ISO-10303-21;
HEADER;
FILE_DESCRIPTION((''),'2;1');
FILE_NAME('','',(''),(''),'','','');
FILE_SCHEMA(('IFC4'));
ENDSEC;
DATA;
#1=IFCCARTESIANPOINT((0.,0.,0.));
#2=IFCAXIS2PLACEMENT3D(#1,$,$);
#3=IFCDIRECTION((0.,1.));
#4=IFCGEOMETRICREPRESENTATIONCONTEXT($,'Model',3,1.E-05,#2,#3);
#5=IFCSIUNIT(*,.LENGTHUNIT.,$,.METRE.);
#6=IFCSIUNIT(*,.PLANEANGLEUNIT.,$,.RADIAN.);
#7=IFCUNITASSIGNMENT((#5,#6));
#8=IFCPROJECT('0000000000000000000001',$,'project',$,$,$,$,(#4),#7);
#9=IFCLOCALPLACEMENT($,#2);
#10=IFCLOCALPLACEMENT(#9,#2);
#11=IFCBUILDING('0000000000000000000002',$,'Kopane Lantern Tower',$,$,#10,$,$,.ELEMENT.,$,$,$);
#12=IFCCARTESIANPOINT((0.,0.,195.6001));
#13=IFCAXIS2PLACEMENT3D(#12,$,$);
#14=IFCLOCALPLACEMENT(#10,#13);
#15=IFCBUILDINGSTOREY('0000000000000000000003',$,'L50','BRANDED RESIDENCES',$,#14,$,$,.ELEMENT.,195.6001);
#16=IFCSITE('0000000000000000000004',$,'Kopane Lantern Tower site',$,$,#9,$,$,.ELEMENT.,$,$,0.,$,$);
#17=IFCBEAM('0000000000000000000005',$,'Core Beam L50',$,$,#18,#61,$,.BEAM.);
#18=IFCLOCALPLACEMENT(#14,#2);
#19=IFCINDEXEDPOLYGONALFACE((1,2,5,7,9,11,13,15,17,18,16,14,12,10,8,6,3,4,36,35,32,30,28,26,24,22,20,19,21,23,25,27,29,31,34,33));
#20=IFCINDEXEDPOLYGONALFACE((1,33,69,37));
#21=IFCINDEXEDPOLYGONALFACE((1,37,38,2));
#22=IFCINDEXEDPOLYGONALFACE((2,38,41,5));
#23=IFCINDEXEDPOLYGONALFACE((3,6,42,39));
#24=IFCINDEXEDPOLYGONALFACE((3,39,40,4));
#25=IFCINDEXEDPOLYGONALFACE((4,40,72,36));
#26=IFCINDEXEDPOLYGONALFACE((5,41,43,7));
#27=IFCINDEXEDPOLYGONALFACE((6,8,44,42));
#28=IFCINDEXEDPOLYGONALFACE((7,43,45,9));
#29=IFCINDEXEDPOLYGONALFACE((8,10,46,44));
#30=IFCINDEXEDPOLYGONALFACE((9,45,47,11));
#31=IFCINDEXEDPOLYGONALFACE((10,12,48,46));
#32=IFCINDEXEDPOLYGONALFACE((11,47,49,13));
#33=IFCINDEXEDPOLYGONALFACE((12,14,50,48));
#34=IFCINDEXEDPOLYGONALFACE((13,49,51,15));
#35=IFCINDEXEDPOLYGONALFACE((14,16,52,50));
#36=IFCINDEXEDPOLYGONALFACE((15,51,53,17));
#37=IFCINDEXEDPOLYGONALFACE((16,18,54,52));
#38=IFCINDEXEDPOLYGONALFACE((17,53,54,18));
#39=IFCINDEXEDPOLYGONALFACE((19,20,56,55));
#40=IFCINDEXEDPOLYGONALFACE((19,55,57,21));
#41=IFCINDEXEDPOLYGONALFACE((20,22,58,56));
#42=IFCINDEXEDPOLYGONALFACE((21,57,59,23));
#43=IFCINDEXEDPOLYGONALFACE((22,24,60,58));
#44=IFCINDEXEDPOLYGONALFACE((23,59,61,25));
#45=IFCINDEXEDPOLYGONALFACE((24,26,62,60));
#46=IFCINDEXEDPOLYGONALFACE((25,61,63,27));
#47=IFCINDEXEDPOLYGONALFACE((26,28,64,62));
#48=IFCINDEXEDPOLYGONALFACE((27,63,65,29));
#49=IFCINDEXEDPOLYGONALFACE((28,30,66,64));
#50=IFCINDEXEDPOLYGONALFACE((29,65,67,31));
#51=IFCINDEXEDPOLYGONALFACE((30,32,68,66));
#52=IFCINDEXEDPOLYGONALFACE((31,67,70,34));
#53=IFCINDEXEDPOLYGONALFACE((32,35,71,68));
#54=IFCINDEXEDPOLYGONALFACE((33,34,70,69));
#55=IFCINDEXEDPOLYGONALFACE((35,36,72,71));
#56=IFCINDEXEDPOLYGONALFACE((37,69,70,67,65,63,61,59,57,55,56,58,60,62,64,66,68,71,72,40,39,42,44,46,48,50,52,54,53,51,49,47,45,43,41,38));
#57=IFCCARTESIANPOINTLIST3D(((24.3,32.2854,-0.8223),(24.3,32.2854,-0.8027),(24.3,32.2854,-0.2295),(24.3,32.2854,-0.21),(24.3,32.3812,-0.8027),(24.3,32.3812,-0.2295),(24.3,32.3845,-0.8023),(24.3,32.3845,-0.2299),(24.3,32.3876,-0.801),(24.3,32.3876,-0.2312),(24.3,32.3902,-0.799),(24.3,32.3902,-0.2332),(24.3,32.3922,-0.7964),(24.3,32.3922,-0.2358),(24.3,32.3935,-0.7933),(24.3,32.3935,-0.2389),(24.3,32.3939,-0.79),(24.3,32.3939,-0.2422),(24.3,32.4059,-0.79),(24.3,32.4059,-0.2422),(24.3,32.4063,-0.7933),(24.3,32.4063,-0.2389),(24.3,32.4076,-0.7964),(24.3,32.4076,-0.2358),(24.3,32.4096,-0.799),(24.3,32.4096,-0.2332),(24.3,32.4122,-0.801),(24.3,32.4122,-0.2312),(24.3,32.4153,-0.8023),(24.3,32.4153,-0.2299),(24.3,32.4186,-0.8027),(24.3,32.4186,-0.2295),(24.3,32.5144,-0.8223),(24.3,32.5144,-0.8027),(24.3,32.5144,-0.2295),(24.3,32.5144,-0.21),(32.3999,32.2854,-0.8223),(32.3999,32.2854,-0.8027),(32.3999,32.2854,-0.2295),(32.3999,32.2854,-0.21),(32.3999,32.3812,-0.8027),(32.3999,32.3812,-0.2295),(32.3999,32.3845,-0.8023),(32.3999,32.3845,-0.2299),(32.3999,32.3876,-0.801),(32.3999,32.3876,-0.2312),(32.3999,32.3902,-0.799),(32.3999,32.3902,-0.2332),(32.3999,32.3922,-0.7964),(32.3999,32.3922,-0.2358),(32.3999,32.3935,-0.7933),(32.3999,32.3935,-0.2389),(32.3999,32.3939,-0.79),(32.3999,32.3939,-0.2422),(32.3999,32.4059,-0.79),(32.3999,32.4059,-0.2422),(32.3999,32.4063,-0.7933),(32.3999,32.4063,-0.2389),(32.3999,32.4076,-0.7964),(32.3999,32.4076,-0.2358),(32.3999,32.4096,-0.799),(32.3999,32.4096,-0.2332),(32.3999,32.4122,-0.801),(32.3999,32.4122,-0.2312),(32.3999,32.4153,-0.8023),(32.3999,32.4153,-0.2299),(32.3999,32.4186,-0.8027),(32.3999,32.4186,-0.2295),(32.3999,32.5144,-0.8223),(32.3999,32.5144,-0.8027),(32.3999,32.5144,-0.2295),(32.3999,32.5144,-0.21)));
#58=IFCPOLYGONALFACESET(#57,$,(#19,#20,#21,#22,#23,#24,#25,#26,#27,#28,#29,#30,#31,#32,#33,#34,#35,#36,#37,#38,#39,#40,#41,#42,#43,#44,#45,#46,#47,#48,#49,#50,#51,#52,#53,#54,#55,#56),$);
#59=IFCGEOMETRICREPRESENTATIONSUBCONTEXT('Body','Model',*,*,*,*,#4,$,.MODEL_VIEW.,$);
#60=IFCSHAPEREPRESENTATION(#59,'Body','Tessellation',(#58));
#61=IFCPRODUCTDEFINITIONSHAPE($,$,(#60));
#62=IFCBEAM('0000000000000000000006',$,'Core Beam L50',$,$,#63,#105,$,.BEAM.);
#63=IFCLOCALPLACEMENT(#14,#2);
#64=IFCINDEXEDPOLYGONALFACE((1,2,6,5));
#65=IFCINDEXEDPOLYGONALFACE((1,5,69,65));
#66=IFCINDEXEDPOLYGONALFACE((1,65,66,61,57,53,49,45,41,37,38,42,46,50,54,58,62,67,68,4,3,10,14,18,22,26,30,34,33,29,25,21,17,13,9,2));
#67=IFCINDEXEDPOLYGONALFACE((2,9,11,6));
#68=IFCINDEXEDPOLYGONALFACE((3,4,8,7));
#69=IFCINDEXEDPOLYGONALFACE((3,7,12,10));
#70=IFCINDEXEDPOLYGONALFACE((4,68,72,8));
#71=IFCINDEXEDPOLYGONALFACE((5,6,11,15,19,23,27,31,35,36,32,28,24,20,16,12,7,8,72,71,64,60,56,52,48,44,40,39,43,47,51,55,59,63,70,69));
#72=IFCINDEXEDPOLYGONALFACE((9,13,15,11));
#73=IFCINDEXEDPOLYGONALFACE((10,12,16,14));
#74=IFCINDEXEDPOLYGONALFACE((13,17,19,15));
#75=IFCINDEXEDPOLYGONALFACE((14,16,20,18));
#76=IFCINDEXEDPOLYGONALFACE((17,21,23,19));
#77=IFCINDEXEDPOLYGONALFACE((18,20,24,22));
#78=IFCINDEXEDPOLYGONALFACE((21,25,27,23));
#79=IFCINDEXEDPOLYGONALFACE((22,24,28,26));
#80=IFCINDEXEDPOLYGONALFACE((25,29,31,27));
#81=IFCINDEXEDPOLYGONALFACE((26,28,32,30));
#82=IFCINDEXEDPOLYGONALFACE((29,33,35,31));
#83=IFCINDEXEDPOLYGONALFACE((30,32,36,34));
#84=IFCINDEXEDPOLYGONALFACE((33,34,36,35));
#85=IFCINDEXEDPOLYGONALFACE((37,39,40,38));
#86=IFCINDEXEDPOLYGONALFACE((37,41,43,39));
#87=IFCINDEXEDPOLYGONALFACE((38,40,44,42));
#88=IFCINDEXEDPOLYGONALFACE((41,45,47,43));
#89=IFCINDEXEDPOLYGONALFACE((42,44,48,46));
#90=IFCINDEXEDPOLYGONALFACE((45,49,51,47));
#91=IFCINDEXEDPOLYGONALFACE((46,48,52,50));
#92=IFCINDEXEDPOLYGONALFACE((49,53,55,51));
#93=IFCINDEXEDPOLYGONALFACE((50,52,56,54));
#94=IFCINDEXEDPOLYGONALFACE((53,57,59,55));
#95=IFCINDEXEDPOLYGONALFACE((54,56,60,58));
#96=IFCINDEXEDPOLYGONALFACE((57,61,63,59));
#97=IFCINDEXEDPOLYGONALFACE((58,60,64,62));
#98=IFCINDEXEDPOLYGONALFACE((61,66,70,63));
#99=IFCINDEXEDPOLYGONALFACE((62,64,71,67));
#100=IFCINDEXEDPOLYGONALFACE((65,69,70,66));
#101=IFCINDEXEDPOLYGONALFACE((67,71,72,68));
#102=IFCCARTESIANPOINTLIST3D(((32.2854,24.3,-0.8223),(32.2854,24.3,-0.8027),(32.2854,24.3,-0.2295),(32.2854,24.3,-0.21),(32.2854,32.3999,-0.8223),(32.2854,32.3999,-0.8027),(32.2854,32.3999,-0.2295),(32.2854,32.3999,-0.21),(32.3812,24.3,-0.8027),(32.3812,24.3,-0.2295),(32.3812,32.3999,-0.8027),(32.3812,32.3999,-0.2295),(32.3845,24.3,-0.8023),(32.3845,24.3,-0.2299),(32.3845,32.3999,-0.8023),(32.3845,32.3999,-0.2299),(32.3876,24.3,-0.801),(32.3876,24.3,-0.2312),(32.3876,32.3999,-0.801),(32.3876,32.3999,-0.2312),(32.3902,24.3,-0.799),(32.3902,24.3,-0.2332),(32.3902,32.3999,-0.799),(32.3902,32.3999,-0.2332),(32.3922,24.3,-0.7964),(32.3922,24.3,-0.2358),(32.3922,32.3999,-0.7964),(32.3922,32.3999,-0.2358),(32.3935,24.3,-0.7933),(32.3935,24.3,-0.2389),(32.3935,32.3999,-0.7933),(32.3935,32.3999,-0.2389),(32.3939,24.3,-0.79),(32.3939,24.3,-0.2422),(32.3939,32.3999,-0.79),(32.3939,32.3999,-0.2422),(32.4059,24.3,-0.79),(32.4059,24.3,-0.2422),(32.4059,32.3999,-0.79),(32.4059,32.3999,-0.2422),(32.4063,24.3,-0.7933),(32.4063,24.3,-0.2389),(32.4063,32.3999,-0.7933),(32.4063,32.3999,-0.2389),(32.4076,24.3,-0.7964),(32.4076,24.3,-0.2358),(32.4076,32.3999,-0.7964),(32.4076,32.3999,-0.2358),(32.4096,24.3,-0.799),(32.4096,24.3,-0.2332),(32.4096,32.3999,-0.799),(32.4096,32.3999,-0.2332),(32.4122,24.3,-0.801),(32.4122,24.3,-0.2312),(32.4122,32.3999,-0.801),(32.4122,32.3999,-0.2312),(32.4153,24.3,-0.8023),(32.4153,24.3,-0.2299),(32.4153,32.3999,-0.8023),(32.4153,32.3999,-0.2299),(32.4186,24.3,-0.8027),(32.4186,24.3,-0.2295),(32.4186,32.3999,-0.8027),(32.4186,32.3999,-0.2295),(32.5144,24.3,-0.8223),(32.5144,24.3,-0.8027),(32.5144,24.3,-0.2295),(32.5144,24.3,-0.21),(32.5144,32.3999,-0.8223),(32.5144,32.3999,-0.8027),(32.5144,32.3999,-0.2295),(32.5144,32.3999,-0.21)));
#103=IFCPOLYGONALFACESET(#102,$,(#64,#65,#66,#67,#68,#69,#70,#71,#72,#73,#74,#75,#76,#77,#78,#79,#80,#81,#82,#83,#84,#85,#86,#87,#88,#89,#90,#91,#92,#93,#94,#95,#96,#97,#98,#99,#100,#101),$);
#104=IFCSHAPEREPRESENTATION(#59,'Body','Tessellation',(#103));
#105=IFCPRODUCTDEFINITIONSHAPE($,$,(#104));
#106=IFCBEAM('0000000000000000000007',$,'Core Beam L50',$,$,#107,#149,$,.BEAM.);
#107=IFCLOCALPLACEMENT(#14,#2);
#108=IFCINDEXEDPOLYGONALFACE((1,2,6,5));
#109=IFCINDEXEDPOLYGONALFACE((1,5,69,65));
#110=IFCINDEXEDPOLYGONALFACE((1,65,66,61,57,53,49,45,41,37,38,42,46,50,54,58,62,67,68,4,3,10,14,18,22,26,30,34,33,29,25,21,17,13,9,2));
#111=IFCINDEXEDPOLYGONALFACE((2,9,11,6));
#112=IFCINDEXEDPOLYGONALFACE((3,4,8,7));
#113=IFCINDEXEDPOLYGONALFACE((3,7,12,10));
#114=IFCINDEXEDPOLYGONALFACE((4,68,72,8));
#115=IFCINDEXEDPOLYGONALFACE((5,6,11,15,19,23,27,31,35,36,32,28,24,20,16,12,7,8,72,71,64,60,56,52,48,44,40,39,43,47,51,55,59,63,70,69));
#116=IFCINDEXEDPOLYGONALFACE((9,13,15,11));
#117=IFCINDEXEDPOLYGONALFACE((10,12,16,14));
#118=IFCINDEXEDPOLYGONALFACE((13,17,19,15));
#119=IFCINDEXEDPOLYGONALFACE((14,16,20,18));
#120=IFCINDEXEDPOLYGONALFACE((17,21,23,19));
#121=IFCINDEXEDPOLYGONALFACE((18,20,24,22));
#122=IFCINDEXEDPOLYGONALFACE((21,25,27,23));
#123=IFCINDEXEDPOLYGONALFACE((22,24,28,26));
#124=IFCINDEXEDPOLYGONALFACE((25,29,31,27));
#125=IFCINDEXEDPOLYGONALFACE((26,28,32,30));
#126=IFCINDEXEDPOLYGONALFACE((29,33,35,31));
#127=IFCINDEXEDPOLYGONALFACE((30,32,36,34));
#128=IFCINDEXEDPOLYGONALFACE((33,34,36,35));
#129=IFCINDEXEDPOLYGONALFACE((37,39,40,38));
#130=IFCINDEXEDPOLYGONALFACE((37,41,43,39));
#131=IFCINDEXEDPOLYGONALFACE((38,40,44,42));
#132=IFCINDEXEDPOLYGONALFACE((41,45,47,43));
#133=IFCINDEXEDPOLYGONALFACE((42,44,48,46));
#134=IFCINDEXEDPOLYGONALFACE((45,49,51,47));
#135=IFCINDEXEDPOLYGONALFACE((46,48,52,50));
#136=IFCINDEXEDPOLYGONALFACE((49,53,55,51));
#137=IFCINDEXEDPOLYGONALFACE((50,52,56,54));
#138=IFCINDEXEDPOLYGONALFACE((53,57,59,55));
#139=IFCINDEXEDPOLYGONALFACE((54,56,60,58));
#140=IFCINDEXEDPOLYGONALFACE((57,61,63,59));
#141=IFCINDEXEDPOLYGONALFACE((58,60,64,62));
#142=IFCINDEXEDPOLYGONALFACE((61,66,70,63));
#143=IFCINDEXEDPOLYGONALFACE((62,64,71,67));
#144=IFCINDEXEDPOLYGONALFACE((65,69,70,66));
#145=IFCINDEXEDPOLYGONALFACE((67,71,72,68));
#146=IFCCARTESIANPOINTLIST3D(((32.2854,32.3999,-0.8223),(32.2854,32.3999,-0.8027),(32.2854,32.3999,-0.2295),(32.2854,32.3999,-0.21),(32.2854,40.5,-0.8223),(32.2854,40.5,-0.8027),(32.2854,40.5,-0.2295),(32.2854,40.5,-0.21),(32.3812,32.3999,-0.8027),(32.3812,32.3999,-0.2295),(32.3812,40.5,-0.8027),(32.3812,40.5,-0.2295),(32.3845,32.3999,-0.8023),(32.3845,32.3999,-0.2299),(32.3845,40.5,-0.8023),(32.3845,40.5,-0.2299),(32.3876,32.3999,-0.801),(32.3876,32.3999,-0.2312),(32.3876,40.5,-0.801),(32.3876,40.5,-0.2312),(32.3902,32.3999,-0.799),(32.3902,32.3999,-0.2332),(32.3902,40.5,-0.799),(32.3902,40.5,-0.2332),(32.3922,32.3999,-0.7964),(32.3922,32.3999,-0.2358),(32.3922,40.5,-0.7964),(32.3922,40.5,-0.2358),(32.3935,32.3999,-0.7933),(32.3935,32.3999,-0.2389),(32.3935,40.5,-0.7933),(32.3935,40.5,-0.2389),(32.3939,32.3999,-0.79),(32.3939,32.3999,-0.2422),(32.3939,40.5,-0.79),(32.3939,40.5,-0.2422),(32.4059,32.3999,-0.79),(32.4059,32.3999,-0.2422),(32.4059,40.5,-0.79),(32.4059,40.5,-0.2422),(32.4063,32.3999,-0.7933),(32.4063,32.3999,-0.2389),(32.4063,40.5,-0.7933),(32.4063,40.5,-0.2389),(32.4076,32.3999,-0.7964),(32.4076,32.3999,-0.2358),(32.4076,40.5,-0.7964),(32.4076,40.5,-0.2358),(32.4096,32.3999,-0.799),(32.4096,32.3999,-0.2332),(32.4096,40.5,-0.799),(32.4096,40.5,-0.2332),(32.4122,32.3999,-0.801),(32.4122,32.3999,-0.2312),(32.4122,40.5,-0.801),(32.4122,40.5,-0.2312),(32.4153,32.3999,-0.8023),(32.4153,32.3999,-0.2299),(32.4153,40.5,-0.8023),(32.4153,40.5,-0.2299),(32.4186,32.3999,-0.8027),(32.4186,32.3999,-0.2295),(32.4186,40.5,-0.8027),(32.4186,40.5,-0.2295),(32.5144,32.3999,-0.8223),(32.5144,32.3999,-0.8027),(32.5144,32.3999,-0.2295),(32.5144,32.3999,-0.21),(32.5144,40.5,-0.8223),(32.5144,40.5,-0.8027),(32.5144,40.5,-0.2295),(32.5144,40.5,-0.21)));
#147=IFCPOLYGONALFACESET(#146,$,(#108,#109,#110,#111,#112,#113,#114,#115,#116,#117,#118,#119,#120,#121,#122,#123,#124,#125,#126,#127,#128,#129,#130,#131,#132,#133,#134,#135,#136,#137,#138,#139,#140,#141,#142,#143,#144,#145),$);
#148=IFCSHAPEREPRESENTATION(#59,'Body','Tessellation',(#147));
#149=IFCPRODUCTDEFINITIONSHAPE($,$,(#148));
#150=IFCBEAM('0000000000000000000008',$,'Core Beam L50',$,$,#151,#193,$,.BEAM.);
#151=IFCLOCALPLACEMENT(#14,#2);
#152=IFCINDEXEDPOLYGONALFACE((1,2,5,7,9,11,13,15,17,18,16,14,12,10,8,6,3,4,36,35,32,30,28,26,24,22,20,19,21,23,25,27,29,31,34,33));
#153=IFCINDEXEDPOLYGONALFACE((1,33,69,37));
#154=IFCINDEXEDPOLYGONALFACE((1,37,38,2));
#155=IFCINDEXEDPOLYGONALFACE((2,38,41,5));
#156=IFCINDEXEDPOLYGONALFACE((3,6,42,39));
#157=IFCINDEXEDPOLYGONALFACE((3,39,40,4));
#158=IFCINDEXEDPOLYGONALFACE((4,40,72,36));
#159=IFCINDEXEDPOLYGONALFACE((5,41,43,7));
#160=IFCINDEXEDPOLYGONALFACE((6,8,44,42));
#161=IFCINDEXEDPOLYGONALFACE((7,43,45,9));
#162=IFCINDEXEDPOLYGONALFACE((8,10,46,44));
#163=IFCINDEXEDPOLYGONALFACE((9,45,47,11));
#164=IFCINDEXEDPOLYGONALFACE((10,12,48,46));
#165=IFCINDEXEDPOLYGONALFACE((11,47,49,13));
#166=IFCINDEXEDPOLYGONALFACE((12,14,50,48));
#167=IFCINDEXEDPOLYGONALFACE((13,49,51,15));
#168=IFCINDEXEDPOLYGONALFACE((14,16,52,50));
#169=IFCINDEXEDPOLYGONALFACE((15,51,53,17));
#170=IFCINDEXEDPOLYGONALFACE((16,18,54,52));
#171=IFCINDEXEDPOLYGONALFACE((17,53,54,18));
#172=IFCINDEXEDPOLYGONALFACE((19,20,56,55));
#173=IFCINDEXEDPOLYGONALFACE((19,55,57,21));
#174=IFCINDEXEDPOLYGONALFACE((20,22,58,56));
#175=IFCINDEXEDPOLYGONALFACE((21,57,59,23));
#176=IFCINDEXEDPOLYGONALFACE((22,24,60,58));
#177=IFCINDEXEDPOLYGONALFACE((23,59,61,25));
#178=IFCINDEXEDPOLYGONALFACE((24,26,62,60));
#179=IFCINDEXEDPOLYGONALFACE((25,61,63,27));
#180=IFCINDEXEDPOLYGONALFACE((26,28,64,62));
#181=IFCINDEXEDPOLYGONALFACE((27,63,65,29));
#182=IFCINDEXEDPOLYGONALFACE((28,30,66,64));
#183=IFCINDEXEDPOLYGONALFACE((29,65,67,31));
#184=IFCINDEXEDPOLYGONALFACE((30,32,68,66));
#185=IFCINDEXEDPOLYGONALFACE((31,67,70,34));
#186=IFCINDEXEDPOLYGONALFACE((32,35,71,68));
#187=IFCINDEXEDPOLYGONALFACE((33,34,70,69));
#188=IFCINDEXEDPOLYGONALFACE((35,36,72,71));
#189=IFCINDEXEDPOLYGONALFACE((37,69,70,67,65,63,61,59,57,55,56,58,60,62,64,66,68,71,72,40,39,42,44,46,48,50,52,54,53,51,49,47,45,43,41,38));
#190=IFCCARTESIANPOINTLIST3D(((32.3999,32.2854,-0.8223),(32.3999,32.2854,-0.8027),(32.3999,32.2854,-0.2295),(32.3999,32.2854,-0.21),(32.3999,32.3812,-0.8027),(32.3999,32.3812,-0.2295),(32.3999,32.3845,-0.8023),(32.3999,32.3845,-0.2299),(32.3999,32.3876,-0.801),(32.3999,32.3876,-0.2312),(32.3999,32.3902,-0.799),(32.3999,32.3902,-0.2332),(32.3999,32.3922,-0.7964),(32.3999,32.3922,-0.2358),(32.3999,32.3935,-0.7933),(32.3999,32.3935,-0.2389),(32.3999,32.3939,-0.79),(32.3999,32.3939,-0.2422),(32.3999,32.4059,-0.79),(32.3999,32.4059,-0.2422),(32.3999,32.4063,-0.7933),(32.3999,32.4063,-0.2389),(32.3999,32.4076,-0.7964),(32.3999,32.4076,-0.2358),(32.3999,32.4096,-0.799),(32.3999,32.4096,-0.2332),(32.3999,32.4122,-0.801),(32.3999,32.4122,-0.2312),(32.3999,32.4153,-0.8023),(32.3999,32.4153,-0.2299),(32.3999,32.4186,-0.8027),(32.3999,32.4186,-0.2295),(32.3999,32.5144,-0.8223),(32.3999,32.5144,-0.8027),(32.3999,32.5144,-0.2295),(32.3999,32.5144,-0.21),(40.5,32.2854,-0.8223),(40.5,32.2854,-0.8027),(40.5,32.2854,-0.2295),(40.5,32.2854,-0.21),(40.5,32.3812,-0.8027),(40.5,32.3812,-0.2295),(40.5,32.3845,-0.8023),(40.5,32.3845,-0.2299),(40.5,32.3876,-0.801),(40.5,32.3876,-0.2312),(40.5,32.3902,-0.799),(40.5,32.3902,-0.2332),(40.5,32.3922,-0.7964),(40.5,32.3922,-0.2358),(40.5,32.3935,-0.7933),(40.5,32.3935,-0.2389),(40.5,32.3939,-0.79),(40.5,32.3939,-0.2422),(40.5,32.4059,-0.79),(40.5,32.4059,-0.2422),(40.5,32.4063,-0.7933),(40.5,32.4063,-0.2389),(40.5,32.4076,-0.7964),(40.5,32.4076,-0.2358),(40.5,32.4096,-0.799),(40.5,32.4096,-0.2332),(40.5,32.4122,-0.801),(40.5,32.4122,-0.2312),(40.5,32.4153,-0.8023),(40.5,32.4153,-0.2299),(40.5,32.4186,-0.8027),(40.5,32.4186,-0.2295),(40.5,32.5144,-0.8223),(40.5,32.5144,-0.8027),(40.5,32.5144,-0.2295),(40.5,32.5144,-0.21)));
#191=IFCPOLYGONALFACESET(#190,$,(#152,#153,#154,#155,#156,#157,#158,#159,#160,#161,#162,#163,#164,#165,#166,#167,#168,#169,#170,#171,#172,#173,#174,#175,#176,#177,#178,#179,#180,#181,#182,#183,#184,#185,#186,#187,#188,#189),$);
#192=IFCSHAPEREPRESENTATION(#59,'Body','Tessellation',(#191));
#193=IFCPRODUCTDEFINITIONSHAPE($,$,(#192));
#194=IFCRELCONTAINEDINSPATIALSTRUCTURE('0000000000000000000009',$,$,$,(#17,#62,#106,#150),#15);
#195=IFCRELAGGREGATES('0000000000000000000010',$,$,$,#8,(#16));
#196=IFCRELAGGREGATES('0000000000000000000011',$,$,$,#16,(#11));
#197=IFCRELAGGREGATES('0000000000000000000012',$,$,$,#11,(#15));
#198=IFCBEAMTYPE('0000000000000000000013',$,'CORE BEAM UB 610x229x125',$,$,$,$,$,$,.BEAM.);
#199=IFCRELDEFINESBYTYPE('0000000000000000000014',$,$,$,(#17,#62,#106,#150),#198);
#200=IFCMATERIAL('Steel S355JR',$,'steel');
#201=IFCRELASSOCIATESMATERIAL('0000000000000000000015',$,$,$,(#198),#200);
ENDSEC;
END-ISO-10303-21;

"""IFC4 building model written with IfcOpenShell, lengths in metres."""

from ifc_helpers import new_model, si_unit, direction, frame, origin, origin_2d, place, context, subcontext, project, spatial, i_section, extrude, material, material_profile, profile_set, type_object, element, save


model = new_model("IFC4")

# Units and contexts
model_context = context("Model", 3, precision=1e-05, world=origin(), true_north=direction((0.0, 1.0)))
body_context = subcontext(model_context, "Body", "Model", "MODEL_VIEW")
ifc_project = project(units=[si_unit("LENGTHUNIT", "METRE"), si_unit("PLANEANGLEUNIT", "RADIAN")], contexts=[model_context])

# Site, building, storey
site_placement = place(None, origin())
site = spatial("IfcSite", under=ifc_project, at=site_placement, Name="Kopane Lantern Tower site", CompositionType="ELEMENT", RefElevation=0.0)
building_placement = place(site_placement, origin())
building = spatial("IfcBuilding", under=site, at=building_placement, Name="Kopane Lantern Tower", CompositionType="ELEMENT")
storey_placement = place(building_placement, frame((0.0, 0.0, 195.6001)))
storey = spatial("IfcBuildingStorey", under=building, at=storey_placement, Name="L50", Description="BRANDED RESIDENCES", CompositionType="ELEMENT", Elevation=195.6001)

# Beams
ifc_material_1 = material(Name="Steel S355JR", Category="steel")
ifc_material_profile_1 = material_profile(ifc_material_1, i_section(OverallWidth=0.229, OverallDepth=0.6123, WebThickness=0.012, FlangeThickness=0.0195, FilletRadius=0.0127, at=origin_2d()), Name="UB 610x229x125")
ifc_profile_set_1 = profile_set([ifc_material_profile_1], Name="Steel S355JR")
beam_type_1 = type_object("IfcBeamType", Name="CORE BEAM UB 610x229x125", PredefinedType="BEAM", material=ifc_profile_set_1)
for number, where, z_axis, x_axis, name in (
    (1, (24.3, 32.3999, -0.5161), (1.0, 0.0, 0.0), (0.0, 1.0, 0.0), "Core Beam L50"),
    (2, (32.3999, 24.3, -0.5161), (0.0, 1.0, 0.0), (-1.0, 0.0, 0.0), "Core Beam L50"),
):
    element("IfcBeam", number, at=place(storey_placement, frame(where, z_axis=z_axis, x_axis=x_axis)), inside=storey, type_object=beam_type_1, Name=name, PredefinedType="BEAM", context=body_context, shape_type="SweptSolid", body=[
        extrude(i_section(OverallWidth=0.229, OverallDepth=0.6123, WebThickness=0.012, FlangeThickness=0.0195, FilletRadius=0.0127, at=origin_2d()), origin(), (0.0, 0.0, 1.0), 8.0999),
    ])
for number, where, z_axis, x_axis, name in (
    (3, (32.3999, 32.3999, -0.5161), (0.0, 1.0, 0.0), (-1.0, 0.0, 0.0), "Core Beam L50"),
    (4, (32.3999, 32.3999, -0.5161), (1.0, 0.0, 0.0), (0.0, 1.0, 0.0), "Core Beam L50"),
):
    element("IfcBeam", number, at=place(storey_placement, frame(where, z_axis=z_axis, x_axis=x_axis)), inside=storey, type_object=beam_type_1, Name=name, PredefinedType="BEAM", context=body_context, shape_type="SweptSolid", body=[
        extrude(i_section(OverallWidth=0.229, OverallDepth=0.6123, WebThickness=0.012, FlangeThickness=0.0195, FilletRadius=0.0127, at=origin_2d()), origin(), (0.0, 0.0, 1.0), 8.1001),
    ])

save(model, "model.ifc")
